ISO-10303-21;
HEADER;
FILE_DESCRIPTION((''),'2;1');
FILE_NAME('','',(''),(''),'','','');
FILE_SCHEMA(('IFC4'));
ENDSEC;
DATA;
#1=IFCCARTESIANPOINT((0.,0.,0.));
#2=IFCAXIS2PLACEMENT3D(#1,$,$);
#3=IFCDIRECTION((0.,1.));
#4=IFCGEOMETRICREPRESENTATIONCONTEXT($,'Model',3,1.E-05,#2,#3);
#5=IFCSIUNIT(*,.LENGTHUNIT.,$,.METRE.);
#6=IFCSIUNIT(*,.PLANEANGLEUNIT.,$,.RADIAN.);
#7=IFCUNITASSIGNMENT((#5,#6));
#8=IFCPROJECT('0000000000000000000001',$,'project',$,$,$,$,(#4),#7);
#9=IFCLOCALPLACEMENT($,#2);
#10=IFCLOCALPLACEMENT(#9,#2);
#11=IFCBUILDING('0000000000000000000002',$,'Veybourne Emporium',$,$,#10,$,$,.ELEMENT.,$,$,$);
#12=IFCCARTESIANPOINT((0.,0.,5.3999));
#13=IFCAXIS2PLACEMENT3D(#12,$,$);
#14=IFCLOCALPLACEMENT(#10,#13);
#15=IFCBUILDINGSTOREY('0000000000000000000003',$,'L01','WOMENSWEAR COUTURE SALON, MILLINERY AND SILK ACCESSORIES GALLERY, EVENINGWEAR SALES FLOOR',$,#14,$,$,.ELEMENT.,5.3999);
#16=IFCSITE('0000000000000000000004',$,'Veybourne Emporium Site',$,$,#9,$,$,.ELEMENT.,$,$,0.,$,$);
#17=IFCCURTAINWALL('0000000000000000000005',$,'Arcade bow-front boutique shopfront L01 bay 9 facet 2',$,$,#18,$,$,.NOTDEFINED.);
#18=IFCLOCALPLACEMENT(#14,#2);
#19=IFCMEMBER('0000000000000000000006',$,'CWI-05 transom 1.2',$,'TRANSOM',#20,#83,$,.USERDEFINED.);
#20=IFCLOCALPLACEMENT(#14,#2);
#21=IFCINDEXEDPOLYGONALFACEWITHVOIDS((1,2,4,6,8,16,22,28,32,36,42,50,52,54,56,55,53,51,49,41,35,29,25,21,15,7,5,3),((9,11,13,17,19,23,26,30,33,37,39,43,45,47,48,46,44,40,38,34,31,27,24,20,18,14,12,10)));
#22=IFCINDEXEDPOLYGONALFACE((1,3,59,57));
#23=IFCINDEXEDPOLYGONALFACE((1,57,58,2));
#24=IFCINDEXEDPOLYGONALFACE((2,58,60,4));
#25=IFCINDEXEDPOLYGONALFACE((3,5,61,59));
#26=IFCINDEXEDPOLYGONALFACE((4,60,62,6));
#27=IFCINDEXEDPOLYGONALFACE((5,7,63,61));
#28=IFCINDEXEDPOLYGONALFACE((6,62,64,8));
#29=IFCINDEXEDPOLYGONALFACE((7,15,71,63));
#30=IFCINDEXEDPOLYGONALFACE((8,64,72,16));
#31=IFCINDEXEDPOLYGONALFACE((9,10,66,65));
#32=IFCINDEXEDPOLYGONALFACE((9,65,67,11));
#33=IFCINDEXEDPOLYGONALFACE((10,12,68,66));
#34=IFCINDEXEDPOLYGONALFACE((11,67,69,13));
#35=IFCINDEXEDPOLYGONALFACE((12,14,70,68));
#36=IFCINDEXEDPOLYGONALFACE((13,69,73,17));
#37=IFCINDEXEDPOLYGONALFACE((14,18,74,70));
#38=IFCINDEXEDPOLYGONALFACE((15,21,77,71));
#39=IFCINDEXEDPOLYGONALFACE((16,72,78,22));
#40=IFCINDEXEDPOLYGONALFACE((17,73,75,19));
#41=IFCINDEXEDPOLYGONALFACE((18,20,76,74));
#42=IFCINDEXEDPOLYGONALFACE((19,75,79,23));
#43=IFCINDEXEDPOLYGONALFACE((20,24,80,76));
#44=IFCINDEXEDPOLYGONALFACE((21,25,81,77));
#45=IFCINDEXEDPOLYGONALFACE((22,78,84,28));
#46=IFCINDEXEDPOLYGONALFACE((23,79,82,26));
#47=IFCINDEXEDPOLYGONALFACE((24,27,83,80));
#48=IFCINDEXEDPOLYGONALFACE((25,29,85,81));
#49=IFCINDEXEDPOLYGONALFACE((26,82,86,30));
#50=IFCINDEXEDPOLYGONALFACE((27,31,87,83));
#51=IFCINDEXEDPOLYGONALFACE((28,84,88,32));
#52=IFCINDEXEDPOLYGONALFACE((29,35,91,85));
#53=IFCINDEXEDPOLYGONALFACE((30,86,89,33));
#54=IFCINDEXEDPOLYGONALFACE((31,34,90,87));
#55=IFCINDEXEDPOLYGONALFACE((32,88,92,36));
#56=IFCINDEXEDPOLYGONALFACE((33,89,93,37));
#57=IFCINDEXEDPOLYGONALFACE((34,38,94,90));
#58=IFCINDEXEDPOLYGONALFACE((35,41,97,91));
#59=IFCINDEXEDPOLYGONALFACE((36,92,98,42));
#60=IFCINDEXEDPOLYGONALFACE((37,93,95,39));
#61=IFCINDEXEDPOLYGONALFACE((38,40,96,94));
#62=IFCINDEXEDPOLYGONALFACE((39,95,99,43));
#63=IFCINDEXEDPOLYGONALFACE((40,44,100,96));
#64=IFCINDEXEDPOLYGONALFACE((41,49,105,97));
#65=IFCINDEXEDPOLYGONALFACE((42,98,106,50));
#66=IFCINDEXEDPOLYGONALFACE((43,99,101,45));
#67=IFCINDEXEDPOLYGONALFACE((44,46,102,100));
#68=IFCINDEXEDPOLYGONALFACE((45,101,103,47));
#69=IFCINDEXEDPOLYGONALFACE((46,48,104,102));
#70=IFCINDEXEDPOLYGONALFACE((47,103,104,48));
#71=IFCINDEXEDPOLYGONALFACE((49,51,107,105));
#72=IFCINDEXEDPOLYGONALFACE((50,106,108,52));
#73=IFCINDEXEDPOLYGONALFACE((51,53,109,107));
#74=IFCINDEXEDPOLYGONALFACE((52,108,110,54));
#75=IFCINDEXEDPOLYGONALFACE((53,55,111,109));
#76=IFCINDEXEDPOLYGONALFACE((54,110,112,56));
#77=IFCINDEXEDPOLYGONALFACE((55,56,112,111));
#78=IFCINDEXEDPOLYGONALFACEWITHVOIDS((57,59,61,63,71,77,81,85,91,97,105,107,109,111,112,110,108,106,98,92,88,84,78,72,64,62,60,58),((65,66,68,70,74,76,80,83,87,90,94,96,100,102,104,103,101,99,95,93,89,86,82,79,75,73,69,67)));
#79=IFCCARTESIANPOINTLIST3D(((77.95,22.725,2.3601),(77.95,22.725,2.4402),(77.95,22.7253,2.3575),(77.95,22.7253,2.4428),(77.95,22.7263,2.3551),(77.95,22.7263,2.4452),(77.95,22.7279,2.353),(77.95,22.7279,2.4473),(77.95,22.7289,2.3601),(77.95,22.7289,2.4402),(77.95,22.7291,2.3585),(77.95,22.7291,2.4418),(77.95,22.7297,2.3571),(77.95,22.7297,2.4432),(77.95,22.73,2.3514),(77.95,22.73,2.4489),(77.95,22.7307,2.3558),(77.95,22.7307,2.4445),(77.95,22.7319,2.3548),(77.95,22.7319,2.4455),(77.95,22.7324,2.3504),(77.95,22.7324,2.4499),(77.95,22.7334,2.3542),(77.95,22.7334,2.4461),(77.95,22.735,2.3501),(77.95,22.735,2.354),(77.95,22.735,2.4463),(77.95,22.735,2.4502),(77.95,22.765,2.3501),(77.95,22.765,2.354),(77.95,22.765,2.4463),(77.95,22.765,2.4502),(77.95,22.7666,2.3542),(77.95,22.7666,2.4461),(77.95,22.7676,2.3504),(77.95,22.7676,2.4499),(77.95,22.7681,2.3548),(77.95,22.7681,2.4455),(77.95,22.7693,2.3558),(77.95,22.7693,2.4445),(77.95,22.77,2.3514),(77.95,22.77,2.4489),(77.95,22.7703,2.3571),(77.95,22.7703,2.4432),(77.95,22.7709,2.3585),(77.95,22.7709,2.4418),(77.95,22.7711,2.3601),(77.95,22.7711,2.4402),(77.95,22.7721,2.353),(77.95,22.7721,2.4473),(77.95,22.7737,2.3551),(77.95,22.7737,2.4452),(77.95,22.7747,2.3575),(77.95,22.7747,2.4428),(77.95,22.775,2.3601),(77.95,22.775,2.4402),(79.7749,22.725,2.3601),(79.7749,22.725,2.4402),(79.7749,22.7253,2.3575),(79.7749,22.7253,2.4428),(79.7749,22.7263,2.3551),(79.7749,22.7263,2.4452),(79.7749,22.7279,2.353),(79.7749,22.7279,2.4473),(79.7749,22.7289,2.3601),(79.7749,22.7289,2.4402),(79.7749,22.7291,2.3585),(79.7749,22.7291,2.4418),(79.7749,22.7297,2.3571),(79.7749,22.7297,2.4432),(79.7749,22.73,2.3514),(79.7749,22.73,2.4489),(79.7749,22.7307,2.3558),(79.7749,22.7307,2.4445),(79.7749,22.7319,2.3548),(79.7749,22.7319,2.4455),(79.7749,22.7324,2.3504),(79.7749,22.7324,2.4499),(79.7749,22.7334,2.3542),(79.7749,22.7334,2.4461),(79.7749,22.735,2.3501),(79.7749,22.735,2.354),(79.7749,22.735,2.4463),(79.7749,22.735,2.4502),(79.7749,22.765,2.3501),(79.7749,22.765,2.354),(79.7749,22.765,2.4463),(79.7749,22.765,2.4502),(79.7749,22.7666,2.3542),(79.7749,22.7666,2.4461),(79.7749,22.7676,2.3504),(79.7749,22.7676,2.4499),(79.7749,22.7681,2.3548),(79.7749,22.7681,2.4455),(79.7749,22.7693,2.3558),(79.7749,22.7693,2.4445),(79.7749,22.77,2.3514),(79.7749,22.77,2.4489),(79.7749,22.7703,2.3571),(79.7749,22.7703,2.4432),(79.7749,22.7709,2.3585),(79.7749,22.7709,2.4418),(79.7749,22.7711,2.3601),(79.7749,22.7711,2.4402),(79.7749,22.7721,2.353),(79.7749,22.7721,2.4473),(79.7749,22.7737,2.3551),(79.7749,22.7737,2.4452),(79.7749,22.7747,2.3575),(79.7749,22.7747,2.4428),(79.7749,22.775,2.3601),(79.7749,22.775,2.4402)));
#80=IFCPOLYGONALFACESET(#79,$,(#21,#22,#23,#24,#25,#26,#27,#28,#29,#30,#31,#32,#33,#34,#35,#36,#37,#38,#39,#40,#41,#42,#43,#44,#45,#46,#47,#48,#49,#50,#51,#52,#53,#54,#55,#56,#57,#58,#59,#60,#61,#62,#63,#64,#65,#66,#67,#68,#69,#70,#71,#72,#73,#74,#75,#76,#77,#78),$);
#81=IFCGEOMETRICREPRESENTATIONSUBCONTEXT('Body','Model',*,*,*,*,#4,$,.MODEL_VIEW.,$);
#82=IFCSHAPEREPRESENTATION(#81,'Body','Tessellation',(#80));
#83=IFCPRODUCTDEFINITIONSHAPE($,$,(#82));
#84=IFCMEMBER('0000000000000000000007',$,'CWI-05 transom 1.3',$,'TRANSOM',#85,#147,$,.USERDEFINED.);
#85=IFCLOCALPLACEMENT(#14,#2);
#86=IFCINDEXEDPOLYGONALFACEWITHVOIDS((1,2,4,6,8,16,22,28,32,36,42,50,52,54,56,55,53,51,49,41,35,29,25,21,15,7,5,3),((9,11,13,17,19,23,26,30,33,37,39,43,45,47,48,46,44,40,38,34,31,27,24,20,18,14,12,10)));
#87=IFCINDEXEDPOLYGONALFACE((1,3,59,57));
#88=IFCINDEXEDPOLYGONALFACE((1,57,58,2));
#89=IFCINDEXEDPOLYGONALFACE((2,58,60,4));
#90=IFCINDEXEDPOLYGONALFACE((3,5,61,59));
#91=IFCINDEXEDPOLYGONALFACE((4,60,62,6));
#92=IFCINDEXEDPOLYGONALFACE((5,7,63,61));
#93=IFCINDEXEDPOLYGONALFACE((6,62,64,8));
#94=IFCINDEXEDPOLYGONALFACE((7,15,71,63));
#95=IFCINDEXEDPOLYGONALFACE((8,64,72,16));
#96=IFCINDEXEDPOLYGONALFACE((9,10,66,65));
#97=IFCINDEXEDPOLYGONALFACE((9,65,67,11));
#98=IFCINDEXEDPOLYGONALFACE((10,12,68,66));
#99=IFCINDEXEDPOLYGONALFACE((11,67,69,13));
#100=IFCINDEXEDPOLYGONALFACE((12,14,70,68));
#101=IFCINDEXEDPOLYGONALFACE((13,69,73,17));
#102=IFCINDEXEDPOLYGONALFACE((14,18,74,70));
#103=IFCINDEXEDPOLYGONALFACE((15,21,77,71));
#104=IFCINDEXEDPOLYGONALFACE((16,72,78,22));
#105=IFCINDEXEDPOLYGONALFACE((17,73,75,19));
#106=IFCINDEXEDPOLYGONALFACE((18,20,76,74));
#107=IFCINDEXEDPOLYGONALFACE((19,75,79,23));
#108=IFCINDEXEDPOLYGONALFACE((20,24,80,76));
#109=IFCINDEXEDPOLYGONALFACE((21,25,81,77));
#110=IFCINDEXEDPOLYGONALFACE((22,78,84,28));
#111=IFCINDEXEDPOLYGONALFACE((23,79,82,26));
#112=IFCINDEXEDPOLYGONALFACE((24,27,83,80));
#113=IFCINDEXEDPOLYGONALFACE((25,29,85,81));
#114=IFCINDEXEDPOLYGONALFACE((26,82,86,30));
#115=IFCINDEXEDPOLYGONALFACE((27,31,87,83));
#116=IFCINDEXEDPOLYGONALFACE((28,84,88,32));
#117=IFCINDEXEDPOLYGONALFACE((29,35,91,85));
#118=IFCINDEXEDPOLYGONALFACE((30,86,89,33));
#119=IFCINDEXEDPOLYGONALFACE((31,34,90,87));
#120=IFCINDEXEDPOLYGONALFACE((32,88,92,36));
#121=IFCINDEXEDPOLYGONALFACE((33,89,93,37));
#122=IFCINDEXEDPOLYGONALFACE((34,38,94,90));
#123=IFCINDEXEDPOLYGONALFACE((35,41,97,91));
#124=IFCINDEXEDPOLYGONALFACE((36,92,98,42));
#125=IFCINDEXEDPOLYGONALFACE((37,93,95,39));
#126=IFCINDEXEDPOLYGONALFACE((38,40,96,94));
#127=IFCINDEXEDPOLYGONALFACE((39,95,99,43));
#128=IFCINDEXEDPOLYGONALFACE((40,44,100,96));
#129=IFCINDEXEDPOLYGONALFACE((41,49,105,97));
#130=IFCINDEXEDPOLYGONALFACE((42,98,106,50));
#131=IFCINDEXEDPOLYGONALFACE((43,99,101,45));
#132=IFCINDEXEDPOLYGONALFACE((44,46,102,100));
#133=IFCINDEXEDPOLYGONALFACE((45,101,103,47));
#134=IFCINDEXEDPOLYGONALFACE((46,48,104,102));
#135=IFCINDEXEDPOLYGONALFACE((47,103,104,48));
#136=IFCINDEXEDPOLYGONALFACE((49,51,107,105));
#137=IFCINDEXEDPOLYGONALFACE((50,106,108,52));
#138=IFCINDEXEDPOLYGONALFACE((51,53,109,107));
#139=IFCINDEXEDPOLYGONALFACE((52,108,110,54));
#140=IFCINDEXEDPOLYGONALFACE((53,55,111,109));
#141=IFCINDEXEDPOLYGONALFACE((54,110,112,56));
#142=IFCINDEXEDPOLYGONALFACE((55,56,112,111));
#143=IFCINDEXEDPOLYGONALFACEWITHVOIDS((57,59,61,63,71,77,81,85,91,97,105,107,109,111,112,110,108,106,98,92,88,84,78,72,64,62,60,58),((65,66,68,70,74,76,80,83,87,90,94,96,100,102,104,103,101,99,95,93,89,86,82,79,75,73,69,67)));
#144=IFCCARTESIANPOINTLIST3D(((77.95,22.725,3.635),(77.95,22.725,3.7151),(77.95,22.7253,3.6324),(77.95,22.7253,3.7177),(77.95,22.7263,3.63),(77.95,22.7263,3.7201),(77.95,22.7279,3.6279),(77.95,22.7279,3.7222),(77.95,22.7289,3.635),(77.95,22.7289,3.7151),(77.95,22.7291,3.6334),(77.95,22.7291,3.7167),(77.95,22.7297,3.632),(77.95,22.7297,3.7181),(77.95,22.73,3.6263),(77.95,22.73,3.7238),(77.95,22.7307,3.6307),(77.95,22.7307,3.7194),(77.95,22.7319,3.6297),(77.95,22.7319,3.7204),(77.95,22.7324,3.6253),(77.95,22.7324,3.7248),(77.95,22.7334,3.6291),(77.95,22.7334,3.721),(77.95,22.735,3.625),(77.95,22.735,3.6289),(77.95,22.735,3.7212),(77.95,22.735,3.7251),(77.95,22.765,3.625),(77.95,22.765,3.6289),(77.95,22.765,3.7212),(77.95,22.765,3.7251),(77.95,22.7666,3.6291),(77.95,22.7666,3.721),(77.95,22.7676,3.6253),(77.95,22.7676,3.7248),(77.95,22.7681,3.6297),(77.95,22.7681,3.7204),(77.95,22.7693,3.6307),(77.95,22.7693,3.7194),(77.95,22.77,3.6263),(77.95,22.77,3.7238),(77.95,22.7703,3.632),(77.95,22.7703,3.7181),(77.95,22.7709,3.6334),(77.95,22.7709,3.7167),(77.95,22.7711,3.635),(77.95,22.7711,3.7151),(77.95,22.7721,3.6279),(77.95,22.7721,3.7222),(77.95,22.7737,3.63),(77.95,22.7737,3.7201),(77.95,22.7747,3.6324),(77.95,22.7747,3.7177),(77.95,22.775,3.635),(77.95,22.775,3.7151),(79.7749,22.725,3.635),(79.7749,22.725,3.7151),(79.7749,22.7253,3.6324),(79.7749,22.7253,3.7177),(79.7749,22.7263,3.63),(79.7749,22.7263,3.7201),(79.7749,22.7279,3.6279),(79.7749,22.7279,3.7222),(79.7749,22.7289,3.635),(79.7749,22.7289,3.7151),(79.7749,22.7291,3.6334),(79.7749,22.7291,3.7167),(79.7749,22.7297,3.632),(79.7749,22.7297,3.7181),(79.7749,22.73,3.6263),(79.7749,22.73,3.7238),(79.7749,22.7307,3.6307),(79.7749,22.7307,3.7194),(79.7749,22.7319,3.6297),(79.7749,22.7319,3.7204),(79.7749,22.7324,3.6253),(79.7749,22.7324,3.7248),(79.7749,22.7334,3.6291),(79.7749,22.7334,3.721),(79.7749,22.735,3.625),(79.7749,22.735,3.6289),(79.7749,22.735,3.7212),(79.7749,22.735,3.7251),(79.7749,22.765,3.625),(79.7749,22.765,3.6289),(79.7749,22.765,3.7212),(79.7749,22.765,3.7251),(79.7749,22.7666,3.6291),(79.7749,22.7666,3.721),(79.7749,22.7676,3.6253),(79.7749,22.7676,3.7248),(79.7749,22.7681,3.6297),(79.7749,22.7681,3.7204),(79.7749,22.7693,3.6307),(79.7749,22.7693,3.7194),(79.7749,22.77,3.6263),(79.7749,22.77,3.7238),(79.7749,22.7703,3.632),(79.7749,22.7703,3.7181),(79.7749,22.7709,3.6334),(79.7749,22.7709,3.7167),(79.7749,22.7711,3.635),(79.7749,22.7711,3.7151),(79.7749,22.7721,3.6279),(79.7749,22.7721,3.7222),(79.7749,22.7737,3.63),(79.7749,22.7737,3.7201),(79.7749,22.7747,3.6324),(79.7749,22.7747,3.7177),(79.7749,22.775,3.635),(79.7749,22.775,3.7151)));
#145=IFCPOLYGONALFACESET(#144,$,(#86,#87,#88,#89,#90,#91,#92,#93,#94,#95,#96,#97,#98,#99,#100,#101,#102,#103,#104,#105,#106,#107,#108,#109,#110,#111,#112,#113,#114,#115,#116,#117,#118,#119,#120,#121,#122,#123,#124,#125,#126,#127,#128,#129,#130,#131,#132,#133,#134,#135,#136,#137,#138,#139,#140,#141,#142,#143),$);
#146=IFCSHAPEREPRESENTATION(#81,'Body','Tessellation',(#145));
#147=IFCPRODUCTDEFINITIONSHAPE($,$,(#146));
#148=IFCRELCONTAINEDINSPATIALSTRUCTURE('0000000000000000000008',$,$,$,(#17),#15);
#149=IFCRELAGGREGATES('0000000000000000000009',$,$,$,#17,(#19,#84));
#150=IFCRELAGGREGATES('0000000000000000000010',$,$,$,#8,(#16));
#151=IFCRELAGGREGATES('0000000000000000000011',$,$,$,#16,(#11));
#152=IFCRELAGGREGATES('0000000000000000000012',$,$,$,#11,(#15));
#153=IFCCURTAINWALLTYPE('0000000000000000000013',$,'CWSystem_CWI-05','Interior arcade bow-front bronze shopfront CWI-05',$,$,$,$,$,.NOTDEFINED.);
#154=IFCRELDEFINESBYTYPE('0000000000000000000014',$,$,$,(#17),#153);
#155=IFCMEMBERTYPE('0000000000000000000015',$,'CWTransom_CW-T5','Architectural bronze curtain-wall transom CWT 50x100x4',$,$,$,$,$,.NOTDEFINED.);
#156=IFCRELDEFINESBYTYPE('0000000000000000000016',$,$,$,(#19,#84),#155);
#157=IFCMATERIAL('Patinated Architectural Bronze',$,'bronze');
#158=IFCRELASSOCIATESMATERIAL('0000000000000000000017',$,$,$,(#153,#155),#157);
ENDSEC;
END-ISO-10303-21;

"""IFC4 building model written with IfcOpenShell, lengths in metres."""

from ifc_helpers import new_model, si_unit, direction, frame, origin, origin_2d, place, context, subcontext, project, spatial, hollow_rectangle, extrude, material, material_profile, profile_set, type_object, element, aggregate, save


model = new_model("IFC4")

# Units and contexts
model_context = context("Model", 3, precision=1e-05, world=origin(), true_north=direction((0.0, 1.0)))
body_context = subcontext(model_context, "Body", "Model", "MODEL_VIEW")
ifc_project = project(units=[si_unit("LENGTHUNIT", "METRE"), si_unit("PLANEANGLEUNIT", "RADIAN")], contexts=[model_context])

# Site, building, storey
site_placement = place(None, origin())
site = spatial("IfcSite", under=ifc_project, at=site_placement, Name="Veybourne Emporium Site", CompositionType="ELEMENT", RefElevation=0.0)
building_placement = place(site_placement, origin())
building = spatial("IfcBuilding", under=site, at=building_placement, Name="Veybourne Emporium", CompositionType="ELEMENT")
storey_placement = place(building_placement, frame((0.0, 0.0, 5.3999)))
storey = spatial("IfcBuildingStorey", under=building, at=storey_placement, Name="L01", Description="WOMENSWEAR COUTURE SALON, MILLINERY AND SILK ACCESSORIES GALLERY, EVENINGWEAR SALES FLOOR", CompositionType="ELEMENT", Elevation=5.3999)

# Shared definitions
ifc_material_1 = material(Name="Patinated Architectural Bronze", Category="bronze")
curtain_wall_type_1 = type_object("IfcCurtainWallType", Name="CWSystem_CWI-05", Description="Interior arcade bow-front bronze shopfront CWI-05", PredefinedType="NOTDEFINED", material=ifc_material_1)

# Curtain wall
curtain_wall_1_placement = place(storey_placement, origin())
curtain_wall_1 = element("IfcCurtainWall", 1, at=curtain_wall_1_placement, inside=storey, type_object=curtain_wall_type_1, Name="Arcade bow-front boutique shopfront L01 bay 9 facet 2", PredefinedType="NOTDEFINED")

# Members
ifc_material_profile_1 = material_profile(ifc_material_1, hollow_rectangle(XDim=0.05, YDim=0.1001, WallThickness=0.0039, InnerFilletRadius=0.0061, OuterFilletRadius=0.01, at=origin_2d()), Name="CWT 50x100x4")
ifc_profile_set_1 = profile_set([ifc_material_profile_1], Name="Patinated Architectural Bronze")
member_type_1 = type_object("IfcMemberType", Name="CWTransom_CW-T5", Description="Architectural bronze curtain-wall transom CWT 50x100x4", PredefinedType="NOTDEFINED", material=ifc_profile_set_1)
member_1_placement = place(storey_placement, frame((77.95, 22.75, 2.4001), z_axis=(1.0, 0.0, 0.0), x_axis=(0.0, 1.0, 0.0)))
member_1 = element("IfcMember", 2, at=member_1_placement, type_object=member_type_1, Name="CWI-05 transom 1.2", ObjectType="TRANSOM", PredefinedType="USERDEFINED", context=body_context, shape_type="SweptSolid", body=[
    extrude(hollow_rectangle(XDim=0.05, YDim=0.1001, WallThickness=0.0039, InnerFilletRadius=0.0061, OuterFilletRadius=0.01, at=origin_2d()), origin(), (0.0, 0.0, 1.0), 1.825),
])
member_2_placement = place(storey_placement, frame((77.95, 22.75, 3.675), z_axis=(1.0, 0.0, 0.0), x_axis=(0.0, 1.0, 0.0)))
member_2 = element("IfcMember", 3, at=member_2_placement, type_object=member_type_1, Name="CWI-05 transom 1.3", ObjectType="TRANSOM", PredefinedType="USERDEFINED", context=body_context, shape_type="SweptSolid", body=[
    extrude(hollow_rectangle(XDim=0.05, YDim=0.1001, WallThickness=0.0039, InnerFilletRadius=0.0061, OuterFilletRadius=0.01, at=origin_2d()), origin(), (0.0, 0.0, 1.0), 1.825),
])

aggregate(curtain_wall_1, [member_1, member_2])

save(model, "model.ifc")
